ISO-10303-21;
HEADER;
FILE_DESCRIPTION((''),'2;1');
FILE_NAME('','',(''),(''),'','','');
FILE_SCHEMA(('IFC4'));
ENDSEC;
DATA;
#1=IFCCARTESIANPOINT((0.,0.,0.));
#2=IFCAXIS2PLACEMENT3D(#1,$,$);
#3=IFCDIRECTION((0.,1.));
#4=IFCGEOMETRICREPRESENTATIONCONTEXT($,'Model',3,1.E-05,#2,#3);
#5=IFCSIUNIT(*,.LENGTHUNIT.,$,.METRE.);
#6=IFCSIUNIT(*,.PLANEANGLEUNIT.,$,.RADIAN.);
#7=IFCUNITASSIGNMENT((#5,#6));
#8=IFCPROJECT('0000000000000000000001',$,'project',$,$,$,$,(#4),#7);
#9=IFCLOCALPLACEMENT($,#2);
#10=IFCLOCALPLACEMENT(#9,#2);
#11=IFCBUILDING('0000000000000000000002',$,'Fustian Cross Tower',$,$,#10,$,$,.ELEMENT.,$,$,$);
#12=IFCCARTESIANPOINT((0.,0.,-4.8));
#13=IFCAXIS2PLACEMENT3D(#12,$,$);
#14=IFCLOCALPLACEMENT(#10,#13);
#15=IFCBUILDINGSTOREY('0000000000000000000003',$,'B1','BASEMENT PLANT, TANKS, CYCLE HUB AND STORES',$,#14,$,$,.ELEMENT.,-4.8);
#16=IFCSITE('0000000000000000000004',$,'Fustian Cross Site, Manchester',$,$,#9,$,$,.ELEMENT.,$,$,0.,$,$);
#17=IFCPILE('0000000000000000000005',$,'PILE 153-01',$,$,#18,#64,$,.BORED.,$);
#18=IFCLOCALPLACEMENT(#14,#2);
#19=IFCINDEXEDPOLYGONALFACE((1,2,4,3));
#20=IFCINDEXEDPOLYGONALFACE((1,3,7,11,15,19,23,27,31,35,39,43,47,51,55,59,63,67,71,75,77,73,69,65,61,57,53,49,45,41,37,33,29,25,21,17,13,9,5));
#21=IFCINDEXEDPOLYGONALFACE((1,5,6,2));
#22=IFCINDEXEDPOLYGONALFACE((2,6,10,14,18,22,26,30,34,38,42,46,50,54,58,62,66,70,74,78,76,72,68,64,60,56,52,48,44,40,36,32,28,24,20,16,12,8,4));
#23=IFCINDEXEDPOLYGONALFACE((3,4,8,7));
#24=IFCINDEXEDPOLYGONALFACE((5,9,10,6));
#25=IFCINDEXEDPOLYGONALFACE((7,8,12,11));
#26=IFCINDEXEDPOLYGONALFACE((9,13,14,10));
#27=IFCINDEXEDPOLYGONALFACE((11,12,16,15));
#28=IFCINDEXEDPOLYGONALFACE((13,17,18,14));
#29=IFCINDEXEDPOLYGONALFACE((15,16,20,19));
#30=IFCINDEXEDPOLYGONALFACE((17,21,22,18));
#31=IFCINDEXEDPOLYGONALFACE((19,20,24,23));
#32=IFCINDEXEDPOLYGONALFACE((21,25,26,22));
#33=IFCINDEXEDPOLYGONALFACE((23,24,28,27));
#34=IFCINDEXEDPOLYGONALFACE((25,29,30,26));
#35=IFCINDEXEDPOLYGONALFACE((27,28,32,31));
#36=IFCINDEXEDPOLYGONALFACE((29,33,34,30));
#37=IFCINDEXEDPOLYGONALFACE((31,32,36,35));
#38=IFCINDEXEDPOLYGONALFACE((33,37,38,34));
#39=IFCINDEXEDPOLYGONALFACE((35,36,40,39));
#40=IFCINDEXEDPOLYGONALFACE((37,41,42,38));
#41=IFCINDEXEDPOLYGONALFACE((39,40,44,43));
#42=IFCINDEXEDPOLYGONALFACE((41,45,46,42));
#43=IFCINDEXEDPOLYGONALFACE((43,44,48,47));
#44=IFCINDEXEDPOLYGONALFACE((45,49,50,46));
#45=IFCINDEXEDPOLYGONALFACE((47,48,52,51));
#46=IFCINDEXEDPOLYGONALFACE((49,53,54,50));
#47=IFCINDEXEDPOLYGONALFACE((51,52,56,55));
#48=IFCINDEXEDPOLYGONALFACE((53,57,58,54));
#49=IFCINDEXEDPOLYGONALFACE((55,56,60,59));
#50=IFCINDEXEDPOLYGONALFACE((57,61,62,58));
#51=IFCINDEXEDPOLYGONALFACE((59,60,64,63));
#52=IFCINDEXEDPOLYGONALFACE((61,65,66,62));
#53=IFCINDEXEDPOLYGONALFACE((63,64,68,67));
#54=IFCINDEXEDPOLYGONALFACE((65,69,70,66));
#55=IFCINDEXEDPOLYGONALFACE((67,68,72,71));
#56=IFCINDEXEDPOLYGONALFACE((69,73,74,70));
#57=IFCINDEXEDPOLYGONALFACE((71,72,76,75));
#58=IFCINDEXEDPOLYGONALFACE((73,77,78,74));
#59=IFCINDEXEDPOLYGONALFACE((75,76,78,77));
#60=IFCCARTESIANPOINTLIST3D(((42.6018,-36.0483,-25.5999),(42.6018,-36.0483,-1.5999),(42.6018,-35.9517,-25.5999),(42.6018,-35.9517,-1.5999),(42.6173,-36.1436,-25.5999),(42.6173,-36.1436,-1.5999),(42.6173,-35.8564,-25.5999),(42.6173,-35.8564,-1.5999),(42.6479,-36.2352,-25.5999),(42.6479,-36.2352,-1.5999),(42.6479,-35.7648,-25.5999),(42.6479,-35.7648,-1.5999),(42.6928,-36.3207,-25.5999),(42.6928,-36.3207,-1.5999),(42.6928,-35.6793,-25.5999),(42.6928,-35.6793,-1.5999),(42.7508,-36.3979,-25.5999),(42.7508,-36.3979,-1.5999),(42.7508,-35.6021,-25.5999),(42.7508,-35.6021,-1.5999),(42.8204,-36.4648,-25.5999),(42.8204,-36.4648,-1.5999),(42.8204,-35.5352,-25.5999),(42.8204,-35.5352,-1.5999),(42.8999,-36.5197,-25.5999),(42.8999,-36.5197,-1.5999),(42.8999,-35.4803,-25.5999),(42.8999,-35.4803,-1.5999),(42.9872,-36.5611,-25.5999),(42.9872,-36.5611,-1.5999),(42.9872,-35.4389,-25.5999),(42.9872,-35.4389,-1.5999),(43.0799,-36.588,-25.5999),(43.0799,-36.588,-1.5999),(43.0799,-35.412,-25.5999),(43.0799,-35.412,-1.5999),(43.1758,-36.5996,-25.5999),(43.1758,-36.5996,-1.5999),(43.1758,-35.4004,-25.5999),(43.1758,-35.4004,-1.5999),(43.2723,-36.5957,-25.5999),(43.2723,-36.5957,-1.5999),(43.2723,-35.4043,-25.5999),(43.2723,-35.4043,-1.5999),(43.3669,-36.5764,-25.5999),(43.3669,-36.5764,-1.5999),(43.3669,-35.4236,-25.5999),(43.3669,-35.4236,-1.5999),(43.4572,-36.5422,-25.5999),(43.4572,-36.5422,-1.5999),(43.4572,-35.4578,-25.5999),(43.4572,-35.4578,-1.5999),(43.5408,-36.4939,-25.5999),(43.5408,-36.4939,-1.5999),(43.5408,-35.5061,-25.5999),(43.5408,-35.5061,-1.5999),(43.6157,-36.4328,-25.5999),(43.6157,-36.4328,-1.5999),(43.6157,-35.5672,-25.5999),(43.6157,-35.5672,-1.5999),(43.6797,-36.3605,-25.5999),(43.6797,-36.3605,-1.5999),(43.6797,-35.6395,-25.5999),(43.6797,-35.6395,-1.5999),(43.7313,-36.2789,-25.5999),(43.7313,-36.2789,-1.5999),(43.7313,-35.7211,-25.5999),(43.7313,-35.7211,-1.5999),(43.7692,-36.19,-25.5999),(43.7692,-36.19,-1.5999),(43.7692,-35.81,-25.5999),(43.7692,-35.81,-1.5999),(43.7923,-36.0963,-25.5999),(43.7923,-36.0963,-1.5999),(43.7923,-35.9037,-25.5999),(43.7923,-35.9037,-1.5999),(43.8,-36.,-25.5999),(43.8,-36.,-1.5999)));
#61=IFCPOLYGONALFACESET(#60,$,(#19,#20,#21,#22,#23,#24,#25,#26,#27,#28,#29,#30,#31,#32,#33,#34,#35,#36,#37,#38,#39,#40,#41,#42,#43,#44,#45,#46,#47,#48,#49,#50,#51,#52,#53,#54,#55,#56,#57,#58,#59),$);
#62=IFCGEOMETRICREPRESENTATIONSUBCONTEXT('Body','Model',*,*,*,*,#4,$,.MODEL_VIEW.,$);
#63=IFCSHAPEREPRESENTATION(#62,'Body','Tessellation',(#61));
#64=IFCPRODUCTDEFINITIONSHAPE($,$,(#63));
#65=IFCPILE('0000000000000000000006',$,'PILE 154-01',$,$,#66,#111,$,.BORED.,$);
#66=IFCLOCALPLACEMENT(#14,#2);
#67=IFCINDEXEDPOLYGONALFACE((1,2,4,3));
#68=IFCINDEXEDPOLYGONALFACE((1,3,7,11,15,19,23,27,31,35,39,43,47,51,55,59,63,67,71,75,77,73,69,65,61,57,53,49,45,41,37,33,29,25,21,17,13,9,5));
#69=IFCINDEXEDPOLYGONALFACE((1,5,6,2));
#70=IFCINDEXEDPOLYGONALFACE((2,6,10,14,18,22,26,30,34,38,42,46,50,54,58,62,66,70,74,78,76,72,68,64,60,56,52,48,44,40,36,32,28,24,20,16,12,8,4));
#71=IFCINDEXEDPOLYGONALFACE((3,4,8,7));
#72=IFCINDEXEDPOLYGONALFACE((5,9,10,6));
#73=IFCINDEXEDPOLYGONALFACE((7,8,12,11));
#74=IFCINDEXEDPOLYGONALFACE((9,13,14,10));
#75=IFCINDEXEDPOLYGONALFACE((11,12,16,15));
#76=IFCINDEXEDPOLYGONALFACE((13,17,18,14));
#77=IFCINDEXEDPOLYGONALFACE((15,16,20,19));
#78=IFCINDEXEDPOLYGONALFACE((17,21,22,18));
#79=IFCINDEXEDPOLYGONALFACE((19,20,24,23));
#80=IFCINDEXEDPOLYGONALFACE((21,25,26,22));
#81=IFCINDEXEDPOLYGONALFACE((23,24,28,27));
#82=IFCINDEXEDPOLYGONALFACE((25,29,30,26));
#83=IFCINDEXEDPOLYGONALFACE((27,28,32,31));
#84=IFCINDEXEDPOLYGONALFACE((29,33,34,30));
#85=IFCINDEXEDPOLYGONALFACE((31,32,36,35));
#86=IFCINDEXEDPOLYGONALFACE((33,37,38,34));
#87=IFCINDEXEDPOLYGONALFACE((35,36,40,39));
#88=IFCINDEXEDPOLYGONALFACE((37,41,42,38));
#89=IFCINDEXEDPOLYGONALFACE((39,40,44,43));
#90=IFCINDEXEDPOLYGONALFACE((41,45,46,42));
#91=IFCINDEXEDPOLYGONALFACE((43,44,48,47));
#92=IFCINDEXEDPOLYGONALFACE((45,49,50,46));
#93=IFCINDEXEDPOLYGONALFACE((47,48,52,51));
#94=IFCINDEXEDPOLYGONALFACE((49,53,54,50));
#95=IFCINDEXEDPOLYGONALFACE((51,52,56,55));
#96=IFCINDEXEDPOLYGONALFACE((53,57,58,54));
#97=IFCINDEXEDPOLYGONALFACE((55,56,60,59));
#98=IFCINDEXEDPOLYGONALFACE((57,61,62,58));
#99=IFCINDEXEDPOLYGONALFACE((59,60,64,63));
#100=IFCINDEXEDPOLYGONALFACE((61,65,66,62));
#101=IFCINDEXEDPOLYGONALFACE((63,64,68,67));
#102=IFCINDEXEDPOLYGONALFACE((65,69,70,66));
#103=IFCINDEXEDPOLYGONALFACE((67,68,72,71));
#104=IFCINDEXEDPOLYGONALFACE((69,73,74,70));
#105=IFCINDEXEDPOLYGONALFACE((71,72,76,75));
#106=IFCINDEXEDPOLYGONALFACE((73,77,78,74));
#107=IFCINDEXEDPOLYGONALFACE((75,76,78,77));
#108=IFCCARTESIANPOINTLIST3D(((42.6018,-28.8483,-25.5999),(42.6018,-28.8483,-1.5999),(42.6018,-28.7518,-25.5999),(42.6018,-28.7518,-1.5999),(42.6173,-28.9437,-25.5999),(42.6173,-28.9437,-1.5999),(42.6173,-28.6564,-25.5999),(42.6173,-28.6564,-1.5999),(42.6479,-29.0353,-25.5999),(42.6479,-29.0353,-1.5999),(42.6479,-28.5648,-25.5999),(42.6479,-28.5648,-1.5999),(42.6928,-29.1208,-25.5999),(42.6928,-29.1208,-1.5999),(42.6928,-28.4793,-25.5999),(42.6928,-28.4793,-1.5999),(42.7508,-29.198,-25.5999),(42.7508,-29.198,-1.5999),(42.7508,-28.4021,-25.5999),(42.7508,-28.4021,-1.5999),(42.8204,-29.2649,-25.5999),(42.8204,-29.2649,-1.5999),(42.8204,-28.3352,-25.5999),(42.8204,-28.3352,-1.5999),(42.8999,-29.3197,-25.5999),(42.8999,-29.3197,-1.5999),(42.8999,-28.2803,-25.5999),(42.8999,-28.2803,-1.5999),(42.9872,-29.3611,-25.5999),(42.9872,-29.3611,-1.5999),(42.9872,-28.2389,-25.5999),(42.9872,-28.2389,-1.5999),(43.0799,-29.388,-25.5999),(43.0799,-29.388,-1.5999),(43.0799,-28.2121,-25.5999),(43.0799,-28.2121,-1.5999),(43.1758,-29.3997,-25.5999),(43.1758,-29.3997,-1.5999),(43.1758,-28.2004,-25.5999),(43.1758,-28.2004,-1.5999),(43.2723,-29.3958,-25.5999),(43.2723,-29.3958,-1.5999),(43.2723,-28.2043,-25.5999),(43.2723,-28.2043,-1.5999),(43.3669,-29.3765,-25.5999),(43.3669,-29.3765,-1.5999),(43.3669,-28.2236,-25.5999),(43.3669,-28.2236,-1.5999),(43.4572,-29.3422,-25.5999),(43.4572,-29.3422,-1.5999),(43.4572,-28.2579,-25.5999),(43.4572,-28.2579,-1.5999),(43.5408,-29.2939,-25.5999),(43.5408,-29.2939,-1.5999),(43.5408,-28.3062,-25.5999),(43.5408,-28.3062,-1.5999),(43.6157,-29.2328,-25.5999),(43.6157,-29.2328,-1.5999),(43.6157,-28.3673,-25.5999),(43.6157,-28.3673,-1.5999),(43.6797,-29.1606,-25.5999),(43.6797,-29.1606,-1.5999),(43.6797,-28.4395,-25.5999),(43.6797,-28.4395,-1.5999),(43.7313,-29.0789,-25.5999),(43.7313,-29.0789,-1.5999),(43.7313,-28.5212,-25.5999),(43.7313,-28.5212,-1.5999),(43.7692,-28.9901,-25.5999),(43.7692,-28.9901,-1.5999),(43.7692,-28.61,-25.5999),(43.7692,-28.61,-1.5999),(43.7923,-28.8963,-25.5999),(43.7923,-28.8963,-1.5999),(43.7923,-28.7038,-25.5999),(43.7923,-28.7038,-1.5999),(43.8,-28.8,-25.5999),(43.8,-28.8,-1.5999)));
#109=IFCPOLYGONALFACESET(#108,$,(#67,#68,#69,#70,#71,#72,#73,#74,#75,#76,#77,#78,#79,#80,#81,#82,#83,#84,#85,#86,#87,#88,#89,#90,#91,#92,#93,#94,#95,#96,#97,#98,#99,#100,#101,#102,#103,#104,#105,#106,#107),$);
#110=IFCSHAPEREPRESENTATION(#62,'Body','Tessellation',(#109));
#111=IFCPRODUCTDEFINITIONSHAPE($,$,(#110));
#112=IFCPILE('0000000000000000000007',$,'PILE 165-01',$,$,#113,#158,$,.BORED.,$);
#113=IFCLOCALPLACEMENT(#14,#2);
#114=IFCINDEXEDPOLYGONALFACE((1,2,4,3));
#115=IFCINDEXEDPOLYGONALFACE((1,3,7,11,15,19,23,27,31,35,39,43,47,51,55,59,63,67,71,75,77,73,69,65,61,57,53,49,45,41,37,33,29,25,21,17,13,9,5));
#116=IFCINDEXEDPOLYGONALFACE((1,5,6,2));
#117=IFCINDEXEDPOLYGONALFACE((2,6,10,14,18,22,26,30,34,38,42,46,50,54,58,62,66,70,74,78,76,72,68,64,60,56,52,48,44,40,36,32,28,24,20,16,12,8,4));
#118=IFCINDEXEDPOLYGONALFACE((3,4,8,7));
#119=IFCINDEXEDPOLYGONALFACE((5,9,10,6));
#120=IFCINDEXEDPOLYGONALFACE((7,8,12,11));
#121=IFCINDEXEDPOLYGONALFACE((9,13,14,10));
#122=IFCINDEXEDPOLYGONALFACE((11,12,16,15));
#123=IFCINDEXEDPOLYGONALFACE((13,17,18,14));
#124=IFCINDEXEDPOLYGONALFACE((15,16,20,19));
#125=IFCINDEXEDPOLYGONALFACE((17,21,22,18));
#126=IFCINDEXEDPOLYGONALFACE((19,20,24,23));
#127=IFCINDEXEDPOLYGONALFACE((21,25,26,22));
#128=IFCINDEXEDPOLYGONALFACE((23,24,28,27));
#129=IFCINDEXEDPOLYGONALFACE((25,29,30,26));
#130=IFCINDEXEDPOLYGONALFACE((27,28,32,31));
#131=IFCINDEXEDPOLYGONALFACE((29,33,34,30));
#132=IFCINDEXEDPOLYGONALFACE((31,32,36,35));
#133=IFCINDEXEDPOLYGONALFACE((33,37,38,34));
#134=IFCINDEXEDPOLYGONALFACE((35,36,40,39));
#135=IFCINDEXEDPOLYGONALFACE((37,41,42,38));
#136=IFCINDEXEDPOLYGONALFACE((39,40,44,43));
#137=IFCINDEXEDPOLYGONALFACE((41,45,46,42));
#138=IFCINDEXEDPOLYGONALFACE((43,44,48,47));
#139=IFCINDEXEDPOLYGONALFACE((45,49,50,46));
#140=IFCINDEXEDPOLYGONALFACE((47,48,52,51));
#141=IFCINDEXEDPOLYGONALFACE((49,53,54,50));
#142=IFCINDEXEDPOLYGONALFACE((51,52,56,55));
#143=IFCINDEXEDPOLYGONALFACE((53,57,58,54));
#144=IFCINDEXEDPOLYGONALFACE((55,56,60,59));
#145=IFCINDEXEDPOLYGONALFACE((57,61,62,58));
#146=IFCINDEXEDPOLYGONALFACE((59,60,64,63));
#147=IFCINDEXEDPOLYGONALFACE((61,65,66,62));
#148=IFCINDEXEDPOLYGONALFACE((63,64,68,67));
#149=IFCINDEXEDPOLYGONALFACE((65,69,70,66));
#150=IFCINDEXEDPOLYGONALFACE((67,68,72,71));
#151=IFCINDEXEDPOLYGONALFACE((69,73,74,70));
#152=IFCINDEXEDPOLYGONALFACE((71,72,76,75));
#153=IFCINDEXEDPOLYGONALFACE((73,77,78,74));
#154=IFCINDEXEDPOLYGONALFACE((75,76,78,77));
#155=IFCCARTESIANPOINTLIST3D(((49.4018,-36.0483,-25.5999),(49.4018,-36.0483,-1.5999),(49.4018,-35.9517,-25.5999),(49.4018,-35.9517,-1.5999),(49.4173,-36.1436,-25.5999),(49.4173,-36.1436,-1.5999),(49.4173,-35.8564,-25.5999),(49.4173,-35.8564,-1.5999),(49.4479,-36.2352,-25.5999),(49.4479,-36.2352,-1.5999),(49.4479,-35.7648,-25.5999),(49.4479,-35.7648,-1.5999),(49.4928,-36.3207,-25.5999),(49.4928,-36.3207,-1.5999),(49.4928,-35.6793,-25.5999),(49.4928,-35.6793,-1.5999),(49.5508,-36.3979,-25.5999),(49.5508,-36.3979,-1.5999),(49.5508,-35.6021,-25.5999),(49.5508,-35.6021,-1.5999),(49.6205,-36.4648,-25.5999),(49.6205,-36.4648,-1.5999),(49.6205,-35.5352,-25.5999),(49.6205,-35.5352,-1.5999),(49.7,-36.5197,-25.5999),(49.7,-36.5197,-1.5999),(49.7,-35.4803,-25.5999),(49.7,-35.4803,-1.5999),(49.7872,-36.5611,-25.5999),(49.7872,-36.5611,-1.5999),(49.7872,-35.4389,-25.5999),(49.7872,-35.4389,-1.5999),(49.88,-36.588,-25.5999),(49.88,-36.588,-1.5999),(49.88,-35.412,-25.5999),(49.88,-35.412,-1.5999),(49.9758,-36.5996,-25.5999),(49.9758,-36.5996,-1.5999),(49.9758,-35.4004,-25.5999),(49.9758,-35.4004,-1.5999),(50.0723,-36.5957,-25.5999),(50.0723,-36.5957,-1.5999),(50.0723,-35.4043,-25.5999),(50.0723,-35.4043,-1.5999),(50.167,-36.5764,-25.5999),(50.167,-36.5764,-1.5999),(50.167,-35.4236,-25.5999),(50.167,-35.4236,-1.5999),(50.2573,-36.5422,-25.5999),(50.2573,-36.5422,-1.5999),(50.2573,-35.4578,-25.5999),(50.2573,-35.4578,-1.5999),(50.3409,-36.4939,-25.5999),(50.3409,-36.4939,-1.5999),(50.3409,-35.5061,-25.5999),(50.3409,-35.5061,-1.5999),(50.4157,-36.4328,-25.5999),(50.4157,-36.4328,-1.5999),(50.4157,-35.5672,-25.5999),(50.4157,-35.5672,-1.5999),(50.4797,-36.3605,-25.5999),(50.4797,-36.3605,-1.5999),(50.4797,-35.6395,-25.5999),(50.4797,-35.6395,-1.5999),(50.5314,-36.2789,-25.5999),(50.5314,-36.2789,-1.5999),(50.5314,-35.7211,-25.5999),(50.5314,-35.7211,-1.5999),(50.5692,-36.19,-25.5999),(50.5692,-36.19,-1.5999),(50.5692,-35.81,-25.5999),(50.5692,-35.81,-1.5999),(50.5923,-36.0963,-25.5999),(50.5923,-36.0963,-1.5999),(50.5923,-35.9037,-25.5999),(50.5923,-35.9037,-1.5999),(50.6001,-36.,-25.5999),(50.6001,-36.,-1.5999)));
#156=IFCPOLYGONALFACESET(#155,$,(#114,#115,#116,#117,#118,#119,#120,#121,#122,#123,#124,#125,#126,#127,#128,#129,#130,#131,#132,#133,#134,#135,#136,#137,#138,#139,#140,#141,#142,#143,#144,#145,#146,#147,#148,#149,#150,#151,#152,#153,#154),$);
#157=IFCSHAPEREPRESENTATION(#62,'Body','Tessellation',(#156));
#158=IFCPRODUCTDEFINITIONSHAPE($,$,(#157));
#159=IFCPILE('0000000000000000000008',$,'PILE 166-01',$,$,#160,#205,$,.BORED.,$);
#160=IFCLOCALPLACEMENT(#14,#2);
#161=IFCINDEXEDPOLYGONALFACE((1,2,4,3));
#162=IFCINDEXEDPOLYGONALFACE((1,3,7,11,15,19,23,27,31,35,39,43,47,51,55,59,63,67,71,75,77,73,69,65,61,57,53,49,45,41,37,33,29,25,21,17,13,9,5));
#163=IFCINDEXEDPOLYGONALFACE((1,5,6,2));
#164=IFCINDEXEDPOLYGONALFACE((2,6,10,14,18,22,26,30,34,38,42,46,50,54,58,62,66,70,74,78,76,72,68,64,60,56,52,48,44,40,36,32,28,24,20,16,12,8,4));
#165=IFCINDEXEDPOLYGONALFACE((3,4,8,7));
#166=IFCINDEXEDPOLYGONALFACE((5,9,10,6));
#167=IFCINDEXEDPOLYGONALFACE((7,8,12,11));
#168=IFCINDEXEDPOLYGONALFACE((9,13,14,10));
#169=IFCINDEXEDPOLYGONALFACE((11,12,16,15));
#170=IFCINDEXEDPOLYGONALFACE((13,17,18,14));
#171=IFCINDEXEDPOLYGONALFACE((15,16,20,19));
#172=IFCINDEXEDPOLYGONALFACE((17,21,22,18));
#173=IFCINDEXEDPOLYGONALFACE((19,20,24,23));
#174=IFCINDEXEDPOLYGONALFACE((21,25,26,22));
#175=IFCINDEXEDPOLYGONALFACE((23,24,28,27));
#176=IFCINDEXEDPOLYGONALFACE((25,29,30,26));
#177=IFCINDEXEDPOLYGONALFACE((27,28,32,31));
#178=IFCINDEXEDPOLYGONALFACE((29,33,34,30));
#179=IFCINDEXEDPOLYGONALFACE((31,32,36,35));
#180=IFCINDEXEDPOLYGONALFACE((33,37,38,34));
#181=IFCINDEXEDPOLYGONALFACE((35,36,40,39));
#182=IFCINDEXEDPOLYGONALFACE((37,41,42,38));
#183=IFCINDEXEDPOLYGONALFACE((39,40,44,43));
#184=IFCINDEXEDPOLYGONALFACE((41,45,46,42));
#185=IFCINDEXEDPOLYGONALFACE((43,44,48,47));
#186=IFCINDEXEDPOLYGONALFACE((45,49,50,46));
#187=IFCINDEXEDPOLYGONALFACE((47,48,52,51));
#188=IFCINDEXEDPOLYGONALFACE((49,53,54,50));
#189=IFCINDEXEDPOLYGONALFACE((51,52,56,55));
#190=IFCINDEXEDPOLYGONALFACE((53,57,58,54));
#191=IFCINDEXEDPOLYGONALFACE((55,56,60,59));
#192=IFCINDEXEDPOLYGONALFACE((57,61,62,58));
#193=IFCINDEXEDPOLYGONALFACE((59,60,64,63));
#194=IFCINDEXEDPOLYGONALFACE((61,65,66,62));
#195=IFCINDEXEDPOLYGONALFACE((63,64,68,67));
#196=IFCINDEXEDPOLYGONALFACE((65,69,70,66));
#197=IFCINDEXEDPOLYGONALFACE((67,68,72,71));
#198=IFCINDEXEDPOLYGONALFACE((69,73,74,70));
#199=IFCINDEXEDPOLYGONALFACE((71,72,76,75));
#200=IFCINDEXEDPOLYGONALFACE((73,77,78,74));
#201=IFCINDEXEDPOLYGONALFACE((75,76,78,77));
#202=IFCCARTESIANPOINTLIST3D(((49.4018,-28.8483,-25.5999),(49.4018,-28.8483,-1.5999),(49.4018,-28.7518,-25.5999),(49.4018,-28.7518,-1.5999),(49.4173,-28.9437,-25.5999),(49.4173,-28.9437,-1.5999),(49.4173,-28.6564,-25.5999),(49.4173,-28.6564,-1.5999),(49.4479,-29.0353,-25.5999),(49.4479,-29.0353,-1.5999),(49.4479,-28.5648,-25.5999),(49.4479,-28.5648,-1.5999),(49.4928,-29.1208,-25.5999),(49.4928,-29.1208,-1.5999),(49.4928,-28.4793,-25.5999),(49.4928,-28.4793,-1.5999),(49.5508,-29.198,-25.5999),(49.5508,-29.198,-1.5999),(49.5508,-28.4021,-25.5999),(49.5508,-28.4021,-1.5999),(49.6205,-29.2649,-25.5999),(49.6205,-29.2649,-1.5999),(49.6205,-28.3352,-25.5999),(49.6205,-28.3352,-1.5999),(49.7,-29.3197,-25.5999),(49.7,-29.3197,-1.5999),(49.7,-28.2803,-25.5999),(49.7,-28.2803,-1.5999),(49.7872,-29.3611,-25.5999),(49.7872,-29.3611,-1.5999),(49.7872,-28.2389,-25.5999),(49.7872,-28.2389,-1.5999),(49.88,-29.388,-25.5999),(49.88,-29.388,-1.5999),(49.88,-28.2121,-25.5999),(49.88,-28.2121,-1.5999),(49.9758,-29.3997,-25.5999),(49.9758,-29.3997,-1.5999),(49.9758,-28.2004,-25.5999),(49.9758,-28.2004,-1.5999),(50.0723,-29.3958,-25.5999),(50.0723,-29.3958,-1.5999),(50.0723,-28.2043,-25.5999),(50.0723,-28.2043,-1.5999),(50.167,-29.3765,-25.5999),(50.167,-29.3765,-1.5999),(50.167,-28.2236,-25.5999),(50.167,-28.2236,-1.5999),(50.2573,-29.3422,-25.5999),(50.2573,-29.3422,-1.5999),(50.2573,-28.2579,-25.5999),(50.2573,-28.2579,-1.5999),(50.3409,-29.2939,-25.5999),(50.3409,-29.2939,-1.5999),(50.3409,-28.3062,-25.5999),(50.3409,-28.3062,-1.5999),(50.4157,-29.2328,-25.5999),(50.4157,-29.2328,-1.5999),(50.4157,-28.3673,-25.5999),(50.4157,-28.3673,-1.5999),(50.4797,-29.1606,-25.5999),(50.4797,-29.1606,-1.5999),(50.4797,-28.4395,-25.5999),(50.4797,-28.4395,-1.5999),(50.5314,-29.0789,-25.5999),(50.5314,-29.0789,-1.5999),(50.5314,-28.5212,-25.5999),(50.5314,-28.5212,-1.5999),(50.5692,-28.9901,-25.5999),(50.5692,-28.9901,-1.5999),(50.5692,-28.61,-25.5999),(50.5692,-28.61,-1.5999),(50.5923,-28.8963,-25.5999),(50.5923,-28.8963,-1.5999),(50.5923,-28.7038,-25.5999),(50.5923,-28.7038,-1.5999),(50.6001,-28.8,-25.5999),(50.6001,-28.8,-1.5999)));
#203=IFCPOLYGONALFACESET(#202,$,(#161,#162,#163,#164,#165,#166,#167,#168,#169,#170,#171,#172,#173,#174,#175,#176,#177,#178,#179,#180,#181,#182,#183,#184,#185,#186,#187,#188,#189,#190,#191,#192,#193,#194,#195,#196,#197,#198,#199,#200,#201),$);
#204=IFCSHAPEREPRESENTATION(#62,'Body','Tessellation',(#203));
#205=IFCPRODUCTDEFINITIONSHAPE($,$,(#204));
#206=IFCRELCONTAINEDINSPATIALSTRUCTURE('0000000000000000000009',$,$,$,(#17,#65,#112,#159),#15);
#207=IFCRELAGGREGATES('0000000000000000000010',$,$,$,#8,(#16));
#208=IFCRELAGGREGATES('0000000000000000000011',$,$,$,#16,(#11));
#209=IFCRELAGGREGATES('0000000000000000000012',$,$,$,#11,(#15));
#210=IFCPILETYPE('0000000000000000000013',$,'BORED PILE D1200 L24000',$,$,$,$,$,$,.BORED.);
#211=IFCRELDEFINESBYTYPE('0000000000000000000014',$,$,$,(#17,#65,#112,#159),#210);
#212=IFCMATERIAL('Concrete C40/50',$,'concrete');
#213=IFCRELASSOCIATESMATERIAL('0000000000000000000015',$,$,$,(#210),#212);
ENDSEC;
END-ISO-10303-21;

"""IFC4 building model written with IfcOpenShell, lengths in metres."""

from ifc_helpers import new_model, si_unit, direction, frame, origin, origin_2d, place, context, subcontext, project, spatial, circle, extrude, material, material_profile, profile_set, type_object, element, save


model = new_model("IFC4")

# Units and contexts
model_context = context("Model", 3, precision=1e-05, world=origin(), true_north=direction((0.0, 1.0)))
body_context = subcontext(model_context, "Body", "Model", "MODEL_VIEW")
ifc_project = project(units=[si_unit("LENGTHUNIT", "METRE"), si_unit("PLANEANGLEUNIT", "RADIAN")], contexts=[model_context])

# Site, building, storey
site_placement = place(None, origin())
site = spatial("IfcSite", under=ifc_project, at=site_placement, Name="Fustian Cross Site, Manchester", CompositionType="ELEMENT", RefElevation=0.0)
building_placement = place(site_placement, origin())
building = spatial("IfcBuilding", under=site, at=building_placement, Name="Fustian Cross Tower", CompositionType="ELEMENT")
storey_placement = place(building_placement, frame((0.0, 0.0, -4.8)))
storey = spatial("IfcBuildingStorey", under=building, at=storey_placement, Name="B1", Description="BASEMENT PLANT, TANKS, CYCLE HUB AND STORES", CompositionType="ELEMENT", Elevation=-4.8)

# Piles
ifc_material_1 = material(Name="Concrete C40/50", Category="concrete")
ifc_material_profile_1 = material_profile(ifc_material_1, circle(Radius=0.6001, at=origin_2d()), Name="BORED PILE D1200 L24000")
ifc_profile_set_1 = profile_set([ifc_material_profile_1], Name="Concrete C40/50")
pile_type = type_object("IfcPileType", Name="BORED PILE D1200 L24000", PredefinedType="BORED", material=ifc_profile_set_1)
for number, where, z_axis, x_axis, name in (
    (1, (43.2, -36.0, -1.5999), (0.0, 0.0, -1.0), (1.0, 0.0, 0.0), "PILE 153-01"),
    (2, (43.2, -28.8, -1.5999), (0.0, 0.0, -1.0), (1.0, 0.0, 0.0), "PILE 154-01"),
    (3, (50.0, -36.0, -1.5999), (0.0, 0.0, -1.0), (1.0, 0.0, 0.0), "PILE 165-01"),
    (4, (50.0, -28.8, -1.5999), (0.0, 0.0, -1.0), (1.0, 0.0, 0.0), "PILE 166-01"),
):
    element("IfcPile", number, at=place(storey_placement, frame(where, z_axis=z_axis, x_axis=x_axis)), inside=storey, type_object=pile_type, Name=name, PredefinedType="BORED", context=body_context, shape_type="SweptSolid", body=[
        extrude(circle(Radius=0.6001, at=origin_2d()), origin(), (0.0, 0.0, 1.0), 24.0),
    ])

save(model, "model.ifc")
